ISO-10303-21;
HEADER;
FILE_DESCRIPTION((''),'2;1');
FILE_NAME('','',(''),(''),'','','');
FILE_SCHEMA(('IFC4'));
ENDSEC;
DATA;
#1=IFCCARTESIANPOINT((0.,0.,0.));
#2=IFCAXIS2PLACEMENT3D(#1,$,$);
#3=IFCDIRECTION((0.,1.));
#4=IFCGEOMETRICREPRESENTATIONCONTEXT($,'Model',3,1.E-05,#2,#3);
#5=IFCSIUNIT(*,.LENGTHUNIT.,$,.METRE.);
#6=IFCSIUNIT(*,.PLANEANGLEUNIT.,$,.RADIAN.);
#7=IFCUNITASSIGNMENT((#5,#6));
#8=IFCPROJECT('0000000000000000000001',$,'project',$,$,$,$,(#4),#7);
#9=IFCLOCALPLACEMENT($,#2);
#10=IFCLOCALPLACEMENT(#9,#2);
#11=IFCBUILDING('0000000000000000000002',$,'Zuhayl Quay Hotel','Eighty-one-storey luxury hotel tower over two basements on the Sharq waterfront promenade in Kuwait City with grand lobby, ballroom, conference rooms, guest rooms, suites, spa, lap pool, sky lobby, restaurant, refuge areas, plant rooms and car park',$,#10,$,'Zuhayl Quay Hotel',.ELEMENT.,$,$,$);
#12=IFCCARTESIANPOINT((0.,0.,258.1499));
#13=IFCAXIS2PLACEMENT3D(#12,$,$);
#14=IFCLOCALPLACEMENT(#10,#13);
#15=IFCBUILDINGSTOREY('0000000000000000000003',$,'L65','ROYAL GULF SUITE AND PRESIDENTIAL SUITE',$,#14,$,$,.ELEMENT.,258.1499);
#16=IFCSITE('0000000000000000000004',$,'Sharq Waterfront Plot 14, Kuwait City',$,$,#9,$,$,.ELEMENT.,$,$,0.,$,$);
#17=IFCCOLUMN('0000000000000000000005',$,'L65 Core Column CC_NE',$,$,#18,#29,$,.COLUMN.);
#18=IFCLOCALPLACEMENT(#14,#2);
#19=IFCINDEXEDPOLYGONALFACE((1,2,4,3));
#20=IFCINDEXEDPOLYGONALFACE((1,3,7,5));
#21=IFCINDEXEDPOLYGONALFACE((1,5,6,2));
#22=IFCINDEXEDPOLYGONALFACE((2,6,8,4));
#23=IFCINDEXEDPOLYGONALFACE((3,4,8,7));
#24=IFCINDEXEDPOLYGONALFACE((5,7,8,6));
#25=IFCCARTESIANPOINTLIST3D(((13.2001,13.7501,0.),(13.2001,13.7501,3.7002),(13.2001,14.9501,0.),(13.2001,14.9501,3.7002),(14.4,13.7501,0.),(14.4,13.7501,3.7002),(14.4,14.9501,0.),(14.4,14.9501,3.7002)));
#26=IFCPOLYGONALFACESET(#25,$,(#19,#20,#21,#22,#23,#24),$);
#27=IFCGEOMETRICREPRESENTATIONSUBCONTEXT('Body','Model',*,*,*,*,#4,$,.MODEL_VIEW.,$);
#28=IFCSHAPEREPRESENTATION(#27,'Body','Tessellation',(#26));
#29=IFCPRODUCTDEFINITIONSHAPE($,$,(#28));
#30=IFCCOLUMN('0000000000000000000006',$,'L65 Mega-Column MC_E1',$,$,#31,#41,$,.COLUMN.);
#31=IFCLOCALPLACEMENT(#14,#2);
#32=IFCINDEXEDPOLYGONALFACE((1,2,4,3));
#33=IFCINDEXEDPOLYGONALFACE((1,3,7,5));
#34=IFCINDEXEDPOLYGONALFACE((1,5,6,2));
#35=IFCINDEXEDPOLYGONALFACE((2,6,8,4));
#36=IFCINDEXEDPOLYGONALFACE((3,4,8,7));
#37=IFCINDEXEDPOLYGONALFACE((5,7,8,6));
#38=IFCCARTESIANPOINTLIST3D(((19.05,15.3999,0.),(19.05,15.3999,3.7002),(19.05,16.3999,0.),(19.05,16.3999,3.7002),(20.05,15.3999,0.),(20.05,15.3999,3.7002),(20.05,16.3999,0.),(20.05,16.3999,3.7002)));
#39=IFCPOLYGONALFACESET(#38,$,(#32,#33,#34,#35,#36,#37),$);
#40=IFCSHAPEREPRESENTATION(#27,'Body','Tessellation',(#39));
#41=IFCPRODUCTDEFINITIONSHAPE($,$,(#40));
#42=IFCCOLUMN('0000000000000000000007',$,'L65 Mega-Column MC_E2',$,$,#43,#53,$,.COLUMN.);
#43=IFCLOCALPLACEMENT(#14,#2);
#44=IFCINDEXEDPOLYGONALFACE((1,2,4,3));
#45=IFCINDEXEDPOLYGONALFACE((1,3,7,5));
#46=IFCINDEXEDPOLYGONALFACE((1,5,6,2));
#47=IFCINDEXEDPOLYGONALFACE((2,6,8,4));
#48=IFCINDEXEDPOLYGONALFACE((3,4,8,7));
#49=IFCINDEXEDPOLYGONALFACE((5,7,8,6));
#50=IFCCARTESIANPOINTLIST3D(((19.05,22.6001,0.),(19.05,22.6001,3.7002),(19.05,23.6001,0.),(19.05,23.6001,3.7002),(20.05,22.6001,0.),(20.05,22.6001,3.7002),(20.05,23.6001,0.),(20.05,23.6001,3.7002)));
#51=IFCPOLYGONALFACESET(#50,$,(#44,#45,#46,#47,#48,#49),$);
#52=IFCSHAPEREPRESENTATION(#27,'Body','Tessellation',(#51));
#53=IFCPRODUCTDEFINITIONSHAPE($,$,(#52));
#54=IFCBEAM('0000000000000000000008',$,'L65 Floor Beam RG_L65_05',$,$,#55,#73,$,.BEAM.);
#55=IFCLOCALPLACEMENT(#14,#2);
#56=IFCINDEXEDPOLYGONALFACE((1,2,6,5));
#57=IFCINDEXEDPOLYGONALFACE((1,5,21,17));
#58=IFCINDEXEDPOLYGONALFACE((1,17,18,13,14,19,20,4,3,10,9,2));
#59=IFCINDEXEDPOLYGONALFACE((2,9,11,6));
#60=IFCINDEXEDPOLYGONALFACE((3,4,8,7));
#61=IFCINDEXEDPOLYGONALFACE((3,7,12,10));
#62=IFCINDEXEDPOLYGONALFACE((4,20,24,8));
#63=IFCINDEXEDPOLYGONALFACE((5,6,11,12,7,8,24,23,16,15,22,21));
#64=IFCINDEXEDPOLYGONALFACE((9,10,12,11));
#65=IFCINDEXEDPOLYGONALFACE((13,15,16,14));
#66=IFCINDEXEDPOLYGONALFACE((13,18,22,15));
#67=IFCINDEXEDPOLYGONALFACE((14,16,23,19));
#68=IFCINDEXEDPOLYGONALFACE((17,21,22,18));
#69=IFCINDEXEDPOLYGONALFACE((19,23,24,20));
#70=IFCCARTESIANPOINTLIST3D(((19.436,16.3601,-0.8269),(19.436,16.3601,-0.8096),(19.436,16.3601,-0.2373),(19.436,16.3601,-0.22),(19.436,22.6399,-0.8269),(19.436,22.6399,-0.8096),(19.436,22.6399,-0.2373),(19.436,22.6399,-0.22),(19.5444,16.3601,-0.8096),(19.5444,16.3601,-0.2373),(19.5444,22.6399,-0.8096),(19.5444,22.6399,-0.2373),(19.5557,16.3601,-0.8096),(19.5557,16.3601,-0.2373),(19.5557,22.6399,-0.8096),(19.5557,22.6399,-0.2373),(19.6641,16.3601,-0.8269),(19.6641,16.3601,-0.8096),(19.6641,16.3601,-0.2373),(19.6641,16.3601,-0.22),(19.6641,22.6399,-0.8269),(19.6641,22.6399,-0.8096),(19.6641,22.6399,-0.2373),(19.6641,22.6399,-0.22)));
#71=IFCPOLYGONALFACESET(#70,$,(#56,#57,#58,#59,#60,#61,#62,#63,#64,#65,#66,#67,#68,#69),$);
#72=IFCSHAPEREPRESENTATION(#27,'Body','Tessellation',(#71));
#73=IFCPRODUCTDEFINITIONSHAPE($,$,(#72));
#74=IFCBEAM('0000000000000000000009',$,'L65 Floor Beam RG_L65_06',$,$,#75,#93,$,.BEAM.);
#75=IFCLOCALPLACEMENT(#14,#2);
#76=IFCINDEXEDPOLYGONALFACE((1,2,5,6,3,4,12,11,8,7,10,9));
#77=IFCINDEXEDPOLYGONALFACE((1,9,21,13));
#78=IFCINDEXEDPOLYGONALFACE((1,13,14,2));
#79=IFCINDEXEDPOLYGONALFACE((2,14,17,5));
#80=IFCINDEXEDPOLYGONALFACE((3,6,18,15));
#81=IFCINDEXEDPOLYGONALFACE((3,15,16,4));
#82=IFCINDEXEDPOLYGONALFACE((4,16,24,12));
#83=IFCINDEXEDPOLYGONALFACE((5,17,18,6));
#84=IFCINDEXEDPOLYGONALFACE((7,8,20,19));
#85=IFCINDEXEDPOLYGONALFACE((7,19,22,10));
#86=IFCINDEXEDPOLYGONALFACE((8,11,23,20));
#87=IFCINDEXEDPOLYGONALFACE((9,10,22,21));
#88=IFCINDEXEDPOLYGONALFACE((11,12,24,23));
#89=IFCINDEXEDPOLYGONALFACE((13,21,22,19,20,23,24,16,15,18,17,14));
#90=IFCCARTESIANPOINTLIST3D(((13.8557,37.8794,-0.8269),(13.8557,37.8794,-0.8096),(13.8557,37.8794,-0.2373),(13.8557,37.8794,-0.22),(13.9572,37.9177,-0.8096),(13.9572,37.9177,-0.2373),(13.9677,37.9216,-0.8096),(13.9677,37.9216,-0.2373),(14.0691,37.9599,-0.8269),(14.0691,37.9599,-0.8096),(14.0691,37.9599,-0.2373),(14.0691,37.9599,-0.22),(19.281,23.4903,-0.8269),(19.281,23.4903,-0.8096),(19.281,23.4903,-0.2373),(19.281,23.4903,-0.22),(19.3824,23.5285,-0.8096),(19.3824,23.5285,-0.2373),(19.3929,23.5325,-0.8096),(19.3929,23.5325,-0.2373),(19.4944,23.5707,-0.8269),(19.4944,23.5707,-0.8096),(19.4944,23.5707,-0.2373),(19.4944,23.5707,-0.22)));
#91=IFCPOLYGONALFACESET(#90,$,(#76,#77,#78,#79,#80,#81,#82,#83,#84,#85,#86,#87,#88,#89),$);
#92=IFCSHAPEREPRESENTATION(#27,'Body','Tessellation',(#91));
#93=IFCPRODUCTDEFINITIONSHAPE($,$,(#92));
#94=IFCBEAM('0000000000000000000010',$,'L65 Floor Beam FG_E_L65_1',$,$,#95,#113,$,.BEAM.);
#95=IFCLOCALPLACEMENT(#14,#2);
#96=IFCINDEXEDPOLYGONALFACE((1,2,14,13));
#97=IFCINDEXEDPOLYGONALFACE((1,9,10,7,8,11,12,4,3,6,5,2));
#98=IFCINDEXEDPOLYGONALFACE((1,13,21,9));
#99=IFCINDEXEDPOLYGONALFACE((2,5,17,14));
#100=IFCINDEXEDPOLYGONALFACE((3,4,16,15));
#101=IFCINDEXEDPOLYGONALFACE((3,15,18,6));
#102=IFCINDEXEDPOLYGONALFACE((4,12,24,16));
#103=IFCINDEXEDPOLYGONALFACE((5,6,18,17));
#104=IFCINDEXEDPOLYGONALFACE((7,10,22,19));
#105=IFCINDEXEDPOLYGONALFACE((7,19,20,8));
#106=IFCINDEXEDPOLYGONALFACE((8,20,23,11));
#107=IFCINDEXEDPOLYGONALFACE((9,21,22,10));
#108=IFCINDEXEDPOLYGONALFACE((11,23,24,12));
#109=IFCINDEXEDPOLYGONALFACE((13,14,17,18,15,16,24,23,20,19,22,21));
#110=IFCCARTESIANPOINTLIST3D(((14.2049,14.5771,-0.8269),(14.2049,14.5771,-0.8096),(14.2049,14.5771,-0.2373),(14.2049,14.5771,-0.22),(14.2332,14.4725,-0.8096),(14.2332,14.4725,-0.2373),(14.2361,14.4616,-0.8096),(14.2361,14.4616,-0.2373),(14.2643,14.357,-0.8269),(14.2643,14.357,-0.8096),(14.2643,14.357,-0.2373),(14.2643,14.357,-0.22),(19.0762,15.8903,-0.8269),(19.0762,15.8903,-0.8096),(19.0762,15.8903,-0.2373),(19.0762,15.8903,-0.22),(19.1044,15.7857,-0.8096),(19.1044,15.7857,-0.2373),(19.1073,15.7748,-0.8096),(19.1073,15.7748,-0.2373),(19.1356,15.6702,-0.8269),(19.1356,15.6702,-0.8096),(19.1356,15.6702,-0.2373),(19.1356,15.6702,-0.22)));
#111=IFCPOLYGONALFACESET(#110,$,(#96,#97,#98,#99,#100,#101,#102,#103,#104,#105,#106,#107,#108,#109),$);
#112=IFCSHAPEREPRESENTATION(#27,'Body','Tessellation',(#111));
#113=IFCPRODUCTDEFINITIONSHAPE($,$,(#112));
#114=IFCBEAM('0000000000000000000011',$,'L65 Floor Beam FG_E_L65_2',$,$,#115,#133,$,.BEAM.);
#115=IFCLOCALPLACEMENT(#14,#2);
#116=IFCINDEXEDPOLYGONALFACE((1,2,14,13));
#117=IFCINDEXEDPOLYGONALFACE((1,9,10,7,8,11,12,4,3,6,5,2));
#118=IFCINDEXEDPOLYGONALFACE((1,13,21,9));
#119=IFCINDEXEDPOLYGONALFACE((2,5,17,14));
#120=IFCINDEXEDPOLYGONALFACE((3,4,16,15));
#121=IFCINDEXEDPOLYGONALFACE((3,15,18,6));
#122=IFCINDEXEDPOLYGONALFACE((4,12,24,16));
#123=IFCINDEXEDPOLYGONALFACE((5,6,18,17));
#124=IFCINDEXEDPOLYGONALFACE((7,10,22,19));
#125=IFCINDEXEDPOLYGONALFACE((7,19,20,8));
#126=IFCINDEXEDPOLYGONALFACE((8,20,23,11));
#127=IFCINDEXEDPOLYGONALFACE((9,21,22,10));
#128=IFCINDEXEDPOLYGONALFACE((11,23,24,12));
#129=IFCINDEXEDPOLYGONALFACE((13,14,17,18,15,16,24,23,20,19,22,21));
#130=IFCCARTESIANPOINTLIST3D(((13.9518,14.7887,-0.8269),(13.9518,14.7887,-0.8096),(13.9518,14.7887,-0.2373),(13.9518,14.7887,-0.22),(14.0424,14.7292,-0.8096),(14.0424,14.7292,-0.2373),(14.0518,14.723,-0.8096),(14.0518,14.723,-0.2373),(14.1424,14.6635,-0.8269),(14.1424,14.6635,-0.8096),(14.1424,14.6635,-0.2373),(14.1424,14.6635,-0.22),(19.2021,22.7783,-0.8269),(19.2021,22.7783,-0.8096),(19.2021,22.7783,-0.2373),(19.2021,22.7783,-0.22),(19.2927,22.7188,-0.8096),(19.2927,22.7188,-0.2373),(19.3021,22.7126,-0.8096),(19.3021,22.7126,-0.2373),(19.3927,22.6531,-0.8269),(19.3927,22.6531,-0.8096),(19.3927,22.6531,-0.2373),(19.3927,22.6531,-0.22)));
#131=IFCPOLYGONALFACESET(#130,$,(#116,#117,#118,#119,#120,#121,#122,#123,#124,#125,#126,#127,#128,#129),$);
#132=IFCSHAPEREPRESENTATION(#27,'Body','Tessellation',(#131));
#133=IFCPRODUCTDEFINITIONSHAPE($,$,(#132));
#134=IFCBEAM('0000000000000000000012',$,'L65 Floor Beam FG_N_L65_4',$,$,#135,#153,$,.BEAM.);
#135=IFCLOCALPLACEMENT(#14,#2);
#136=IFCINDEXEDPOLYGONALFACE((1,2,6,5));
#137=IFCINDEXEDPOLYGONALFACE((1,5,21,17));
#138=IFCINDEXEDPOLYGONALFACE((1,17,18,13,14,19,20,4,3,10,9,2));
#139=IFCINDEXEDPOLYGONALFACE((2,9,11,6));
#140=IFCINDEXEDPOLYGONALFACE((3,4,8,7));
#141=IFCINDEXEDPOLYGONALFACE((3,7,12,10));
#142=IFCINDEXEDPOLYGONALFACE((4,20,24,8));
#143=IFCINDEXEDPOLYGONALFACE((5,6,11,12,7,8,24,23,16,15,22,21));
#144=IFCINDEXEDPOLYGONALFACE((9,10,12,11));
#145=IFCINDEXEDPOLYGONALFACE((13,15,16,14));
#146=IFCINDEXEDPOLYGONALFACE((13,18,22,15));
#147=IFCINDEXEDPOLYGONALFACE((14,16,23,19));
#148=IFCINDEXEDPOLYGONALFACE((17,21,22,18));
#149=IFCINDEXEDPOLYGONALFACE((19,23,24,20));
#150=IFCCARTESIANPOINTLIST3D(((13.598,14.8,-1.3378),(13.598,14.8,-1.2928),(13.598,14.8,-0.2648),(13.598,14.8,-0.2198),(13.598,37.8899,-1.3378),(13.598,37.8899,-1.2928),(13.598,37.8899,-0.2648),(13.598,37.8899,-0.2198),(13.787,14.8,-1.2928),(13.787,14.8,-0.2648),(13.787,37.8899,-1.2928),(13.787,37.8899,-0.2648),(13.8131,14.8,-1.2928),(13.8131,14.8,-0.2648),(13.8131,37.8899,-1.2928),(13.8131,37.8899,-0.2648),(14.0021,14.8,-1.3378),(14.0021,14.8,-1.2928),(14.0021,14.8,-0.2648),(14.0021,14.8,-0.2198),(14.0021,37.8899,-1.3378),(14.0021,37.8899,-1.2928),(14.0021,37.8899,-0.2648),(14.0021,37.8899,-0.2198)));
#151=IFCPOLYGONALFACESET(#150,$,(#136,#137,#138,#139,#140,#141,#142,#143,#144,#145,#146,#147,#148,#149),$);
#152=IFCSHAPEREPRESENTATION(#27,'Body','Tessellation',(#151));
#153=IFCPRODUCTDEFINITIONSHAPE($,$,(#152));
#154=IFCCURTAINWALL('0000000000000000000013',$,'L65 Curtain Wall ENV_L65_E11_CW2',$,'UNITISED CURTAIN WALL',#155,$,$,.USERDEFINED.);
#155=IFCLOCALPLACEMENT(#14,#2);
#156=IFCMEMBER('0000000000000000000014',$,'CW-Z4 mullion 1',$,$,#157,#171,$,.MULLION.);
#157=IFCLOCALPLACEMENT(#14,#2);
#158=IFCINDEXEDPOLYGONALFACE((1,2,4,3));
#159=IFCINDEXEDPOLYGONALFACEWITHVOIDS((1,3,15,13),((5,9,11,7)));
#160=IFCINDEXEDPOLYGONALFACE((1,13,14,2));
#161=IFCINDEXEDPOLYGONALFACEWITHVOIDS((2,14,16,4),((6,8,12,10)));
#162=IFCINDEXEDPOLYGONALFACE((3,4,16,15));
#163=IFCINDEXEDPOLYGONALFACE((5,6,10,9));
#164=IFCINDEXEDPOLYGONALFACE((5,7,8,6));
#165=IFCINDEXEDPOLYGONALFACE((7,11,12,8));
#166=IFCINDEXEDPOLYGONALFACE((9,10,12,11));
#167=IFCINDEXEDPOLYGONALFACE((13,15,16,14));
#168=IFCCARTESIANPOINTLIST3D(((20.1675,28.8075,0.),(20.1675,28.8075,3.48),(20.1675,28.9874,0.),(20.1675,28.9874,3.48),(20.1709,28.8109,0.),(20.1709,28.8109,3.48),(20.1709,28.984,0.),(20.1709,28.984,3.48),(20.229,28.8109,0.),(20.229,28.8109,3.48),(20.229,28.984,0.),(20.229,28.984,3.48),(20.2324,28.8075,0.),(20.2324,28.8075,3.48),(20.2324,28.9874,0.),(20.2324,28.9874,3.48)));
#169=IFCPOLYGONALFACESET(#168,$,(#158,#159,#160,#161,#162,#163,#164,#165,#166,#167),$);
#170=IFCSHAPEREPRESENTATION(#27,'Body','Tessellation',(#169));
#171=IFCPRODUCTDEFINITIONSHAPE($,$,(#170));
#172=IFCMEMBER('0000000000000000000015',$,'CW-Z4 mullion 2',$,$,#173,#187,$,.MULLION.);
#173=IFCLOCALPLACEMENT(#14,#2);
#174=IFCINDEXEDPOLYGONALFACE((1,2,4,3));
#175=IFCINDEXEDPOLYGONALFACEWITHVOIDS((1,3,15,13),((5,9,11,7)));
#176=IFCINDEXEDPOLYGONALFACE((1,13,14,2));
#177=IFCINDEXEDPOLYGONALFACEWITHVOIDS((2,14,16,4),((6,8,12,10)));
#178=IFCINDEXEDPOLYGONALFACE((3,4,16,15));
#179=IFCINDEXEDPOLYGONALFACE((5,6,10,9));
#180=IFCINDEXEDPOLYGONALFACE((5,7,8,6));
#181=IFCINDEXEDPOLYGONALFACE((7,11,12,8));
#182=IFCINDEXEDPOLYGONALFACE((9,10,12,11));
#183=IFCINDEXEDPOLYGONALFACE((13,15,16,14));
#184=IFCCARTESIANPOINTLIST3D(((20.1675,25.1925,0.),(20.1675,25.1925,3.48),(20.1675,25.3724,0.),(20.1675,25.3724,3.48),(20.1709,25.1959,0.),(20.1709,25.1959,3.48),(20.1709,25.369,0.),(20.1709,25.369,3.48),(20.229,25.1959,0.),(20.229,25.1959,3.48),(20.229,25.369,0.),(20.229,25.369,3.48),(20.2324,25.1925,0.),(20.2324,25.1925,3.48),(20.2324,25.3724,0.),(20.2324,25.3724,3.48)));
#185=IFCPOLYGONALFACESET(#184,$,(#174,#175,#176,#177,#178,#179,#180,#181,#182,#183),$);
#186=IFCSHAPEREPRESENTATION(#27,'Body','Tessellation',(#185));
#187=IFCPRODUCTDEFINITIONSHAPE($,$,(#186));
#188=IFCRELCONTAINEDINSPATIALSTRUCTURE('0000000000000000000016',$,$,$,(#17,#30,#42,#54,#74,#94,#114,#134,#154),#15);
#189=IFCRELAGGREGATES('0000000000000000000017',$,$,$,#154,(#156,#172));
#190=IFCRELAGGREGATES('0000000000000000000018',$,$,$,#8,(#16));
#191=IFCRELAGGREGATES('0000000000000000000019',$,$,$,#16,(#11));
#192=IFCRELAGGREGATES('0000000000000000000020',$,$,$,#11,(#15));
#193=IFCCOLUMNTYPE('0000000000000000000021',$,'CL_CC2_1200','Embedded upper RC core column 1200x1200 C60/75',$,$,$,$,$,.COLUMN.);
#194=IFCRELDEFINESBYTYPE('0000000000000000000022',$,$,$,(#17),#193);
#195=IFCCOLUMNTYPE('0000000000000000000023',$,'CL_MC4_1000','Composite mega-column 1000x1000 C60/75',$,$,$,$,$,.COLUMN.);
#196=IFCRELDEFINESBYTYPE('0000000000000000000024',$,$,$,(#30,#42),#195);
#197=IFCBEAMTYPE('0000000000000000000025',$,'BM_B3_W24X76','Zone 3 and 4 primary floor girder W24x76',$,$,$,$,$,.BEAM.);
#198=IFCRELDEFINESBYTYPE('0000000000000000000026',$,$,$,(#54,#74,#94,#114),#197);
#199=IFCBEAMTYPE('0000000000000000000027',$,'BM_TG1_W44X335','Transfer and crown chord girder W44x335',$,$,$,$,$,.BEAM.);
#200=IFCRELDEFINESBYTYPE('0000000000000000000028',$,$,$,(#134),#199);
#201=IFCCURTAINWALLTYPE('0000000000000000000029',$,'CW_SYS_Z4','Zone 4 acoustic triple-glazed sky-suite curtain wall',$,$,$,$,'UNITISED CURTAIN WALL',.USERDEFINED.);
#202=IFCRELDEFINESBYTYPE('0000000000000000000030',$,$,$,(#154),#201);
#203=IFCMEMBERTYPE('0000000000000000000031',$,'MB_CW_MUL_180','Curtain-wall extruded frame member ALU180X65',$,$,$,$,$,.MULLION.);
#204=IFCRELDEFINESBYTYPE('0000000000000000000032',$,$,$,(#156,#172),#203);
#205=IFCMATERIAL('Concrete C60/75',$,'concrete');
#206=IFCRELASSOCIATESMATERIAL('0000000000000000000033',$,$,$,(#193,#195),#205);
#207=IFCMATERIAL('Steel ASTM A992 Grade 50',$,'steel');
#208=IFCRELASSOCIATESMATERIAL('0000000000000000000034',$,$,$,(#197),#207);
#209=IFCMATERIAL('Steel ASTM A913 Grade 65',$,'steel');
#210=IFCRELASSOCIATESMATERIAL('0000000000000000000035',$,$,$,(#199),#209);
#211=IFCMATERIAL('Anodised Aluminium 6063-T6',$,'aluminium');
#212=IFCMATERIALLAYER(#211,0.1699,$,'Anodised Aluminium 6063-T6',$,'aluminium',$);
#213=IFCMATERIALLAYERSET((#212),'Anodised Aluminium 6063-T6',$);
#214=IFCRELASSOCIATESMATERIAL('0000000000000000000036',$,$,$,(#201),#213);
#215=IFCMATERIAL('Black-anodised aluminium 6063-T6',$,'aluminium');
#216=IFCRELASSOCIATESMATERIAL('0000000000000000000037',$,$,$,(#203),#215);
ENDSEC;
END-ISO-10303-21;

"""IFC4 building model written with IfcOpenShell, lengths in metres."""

from ifc_helpers import new_model, si_unit, direction, frame, origin, origin_2d, place, context, subcontext, project, spatial, rectangle, hollow_rectangle, i_section, extrude, material, layer, layer_set, material_profile, profile_set, type_object, element, aggregate, save


model = new_model("IFC4")

# Units and contexts
model_context = context("Model", 3, precision=1e-05, world=origin(), true_north=direction((0.0, 1.0)))
body_context = subcontext(model_context, "Body", "Model", "MODEL_VIEW")
ifc_project = project(units=[si_unit("LENGTHUNIT", "METRE"), si_unit("PLANEANGLEUNIT", "RADIAN")], contexts=[model_context])

# Site, building, storey
site_placement = place(None, origin())
site = spatial("IfcSite", under=ifc_project, at=site_placement, Name="Sharq Waterfront Plot 14, Kuwait City", CompositionType="ELEMENT", RefElevation=0.0)
building_placement = place(site_placement, origin())
building = spatial("IfcBuilding", under=site, at=building_placement, Name="Zuhayl Quay Hotel", Description="Eighty-one-storey luxury hotel tower over two basements on the Sharq waterfront promenade in Kuwait City with grand lobby, ballroom, conference rooms, guest rooms, suites, spa, lap pool, sky lobby, restaurant, refuge areas, plant rooms and car park", LongName="Zuhayl Quay Hotel", CompositionType="ELEMENT")
storey_placement = place(building_placement, frame((0.0, 0.0, 258.1499)))
storey = spatial("IfcBuildingStorey", under=building, at=storey_placement, Name="L65", Description="ROYAL GULF SUITE AND PRESIDENTIAL SUITE", CompositionType="ELEMENT", Elevation=258.1499)

# Columns
ifc_material_1 = material(Name="Concrete C60/75", Category="concrete")
ifc_material_profile_1 = material_profile(ifc_material_1, rectangle(XDim=1.2, YDim=1.2, at=origin_2d()), Name="RC1200X1200")
ifc_profile_set_1 = profile_set([ifc_material_profile_1], Name="Concrete C60/75")
column_type_1 = type_object("IfcColumnType", Name="CL_CC2_1200", Description="Embedded upper RC core column 1200x1200 C60/75", PredefinedType="COLUMN", material=ifc_profile_set_1)
column_placement = place(storey_placement, frame((13.8, 14.3501, 0.0), z_axis=(0.0, 0.0, 1.0), x_axis=(1.0, 0.0, 0.0)))
element("IfcColumn", 1, at=column_placement, inside=storey, type_object=column_type_1, Name="L65 Core Column CC_NE", PredefinedType="COLUMN", context=body_context, shape_type="SweptSolid", body=[
    extrude(rectangle(XDim=1.2, YDim=1.2, at=origin_2d()), origin(), (0.0, 0.0, 1.0), 3.7002),
])
ifc_material_profile_2 = material_profile(ifc_material_1, rectangle(XDim=1.0, YDim=1.0, at=origin_2d()), Name="RC1000X1000")
ifc_profile_set_2 = profile_set([ifc_material_profile_2], Name="Concrete C60/75")
column_type_2 = type_object("IfcColumnType", Name="CL_MC4_1000", Description="Composite mega-column 1000x1000 C60/75", PredefinedType="COLUMN", material=ifc_profile_set_2)
for number, where, z_axis, x_axis, name in (
    (2, (19.55, 15.8999, 0.0), (0.0, 0.0, 1.0), (1.0, 0.0, 0.0), "L65 Mega-Column MC_E1"),
    (3, (19.55, 23.1001, 0.0), (0.0, 0.0, 1.0), (1.0, 0.0, 0.0), "L65 Mega-Column MC_E2"),
):
    element("IfcColumn", number, at=place(storey_placement, frame(where, z_axis=z_axis, x_axis=x_axis)), inside=storey, type_object=column_type_2, Name=name, PredefinedType="COLUMN", context=body_context, shape_type="SweptSolid", body=[
        extrude(rectangle(XDim=1.0, YDim=1.0, at=origin_2d()), origin(), (0.0, 0.0, 1.0), 3.7002),
    ])

# Beams
ifc_material_2 = material(Name="Steel ASTM A992 Grade 50", Category="steel")
ifc_material_profile_3 = material_profile(ifc_material_2, i_section(OverallWidth=0.228, OverallDepth=0.6069, WebThickness=0.0112, FlangeThickness=0.0173, at=origin_2d()), Name="W24X76")
ifc_profile_set_3 = profile_set([ifc_material_profile_3], Name="Steel ASTM A992 Grade 50")
beam_type_1 = type_object("IfcBeamType", Name="BM_B3_W24X76", Description="Zone 3 and 4 primary floor girder W24x76", PredefinedType="BEAM", material=ifc_profile_set_3)
beam_1_placement = place(storey_placement, frame((19.55, 16.3601, -0.5234), z_axis=(0.0, 1.0, 0.0), x_axis=(-1.0, 0.0, 0.0)))
element("IfcBeam", 4, at=beam_1_placement, inside=storey, type_object=beam_type_1, Name="L65 Floor Beam RG_L65_05", PredefinedType="BEAM", context=body_context, shape_type="SweptSolid", body=[
    extrude(i_section(OverallWidth=0.228, OverallDepth=0.6069, WebThickness=0.0112, FlangeThickness=0.0173, at=origin_2d()), origin(), (0.0, 0.0, 1.0), 6.2798),
])
beam_2_placement = place(storey_placement, frame((19.3877, 23.5305, -0.5234), z_axis=(-0.352797, 0.9357, 0.0), x_axis=(-0.9357, -0.352797, 0.0)))
element("IfcBeam", 5, at=beam_2_placement, inside=storey, type_object=beam_type_1, Name="L65 Floor Beam RG_L65_06", PredefinedType="BEAM", context=body_context, shape_type="SweptSolid", body=[
    extrude(i_section(OverallWidth=0.228, OverallDepth=0.6069, WebThickness=0.0112, FlangeThickness=0.0173, at=origin_2d()), origin(), (0.0, 0.0, 1.0), 15.3779),
])
beam_3_placement = place(storey_placement, frame((14.2346, 14.467, -0.5234), z_axis=(0.96553, 0.260291, 0.0), x_axis=(-0.260291, 0.96553, 0.0)))
element("IfcBeam", 6, at=beam_3_placement, inside=storey, type_object=beam_type_1, Name="L65 Floor Beam FG_E_L65_1", PredefinedType="BEAM", context=body_context, shape_type="SweptSolid", body=[
    extrude(i_section(OverallWidth=0.228, OverallDepth=0.6069, WebThickness=0.0112, FlangeThickness=0.0173, at=origin_2d()), origin(), (0.0, 0.0, 1.0), 5.0452),
])
beam_4_placement = place(storey_placement, frame((14.0471, 14.7261, -0.5234), z_axis=(0.549178, 0.835705, 0.0), x_axis=(-0.835705, 0.549178, 0.0)))
element("IfcBeam", 7, at=beam_4_placement, inside=storey, type_object=beam_type_1, Name="L65 Floor Beam FG_E_L65_2", PredefinedType="BEAM", context=body_context, shape_type="SweptSolid", body=[
    extrude(i_section(OverallWidth=0.228, OverallDepth=0.6069, WebThickness=0.0112, FlangeThickness=0.0173, at=origin_2d()), origin(), (0.0, 0.0, 1.0), 9.5603),
])
ifc_material_3 = material(Name="Steel ASTM A913 Grade 65", Category="steel")
ifc_material_profile_4 = material_profile(ifc_material_3, i_section(OverallWidth=0.4041, OverallDepth=1.1179, WebThickness=0.0261, FlangeThickness=0.0449, at=origin_2d()), Name="W44X335")
ifc_profile_set_4 = profile_set([ifc_material_profile_4], Name="Steel ASTM A913 Grade 65")
beam_type_2 = type_object("IfcBeamType", Name="BM_TG1_W44X335", Description="Transfer and crown chord girder W44x335", PredefinedType="BEAM", material=ifc_profile_set_4)
beam_5_placement = place(storey_placement, frame((13.8, 14.8, -0.7788), z_axis=(0.0, 1.0, 0.0), x_axis=(-1.0, 0.0, 0.0)))
element("IfcBeam", 8, at=beam_5_placement, inside=storey, type_object=beam_type_2, Name="L65 Floor Beam FG_N_L65_4", PredefinedType="BEAM", context=body_context, shape_type="SweptSolid", body=[
    extrude(i_section(OverallWidth=0.4041, OverallDepth=1.1179, WebThickness=0.0261, FlangeThickness=0.0449, at=origin_2d()), origin(), (0.0, 0.0, 1.0), 23.0898),
])

# Curtain wall, members
ifc_material_4 = material(Name="Anodised Aluminium 6063-T6", Category="aluminium")
ifc_layer_1 = layer(ifc_material_4, 0.1699, Name="Anodised Aluminium 6063-T6", Category="aluminium")
ifc_layer_set_1 = layer_set([ifc_layer_1], Name="Anodised Aluminium 6063-T6")
curtain_wall_type = type_object("IfcCurtainWallType", Name="CW_SYS_Z4", Description="Zone 4 acoustic triple-glazed sky-suite curtain wall", ElementType="UNITISED CURTAIN WALL", PredefinedType="USERDEFINED", material=ifc_layer_set_1)
curtain_wall_1_placement = place(storey_placement, origin())
curtain_wall_1 = element("IfcCurtainWall", 9, at=curtain_wall_1_placement, inside=storey, type_object=curtain_wall_type, Name="L65 Curtain Wall ENV_L65_E11_CW2", ObjectType="UNITISED CURTAIN WALL", PredefinedType="USERDEFINED")
ifc_material_5 = material(Name="Black-anodised aluminium 6063-T6", Category="aluminium")
ifc_material_profile_5 = material_profile(ifc_material_5, hollow_rectangle(XDim=0.0649, YDim=0.1799, WallThickness=0.0034, at=origin_2d()), Name="ALU180X65")
ifc_profile_set_5 = profile_set([ifc_material_profile_5], Name="Black-anodised aluminium 6063-T6")
member_type_1 = type_object("IfcMemberType", Name="MB_CW_MUL_180", Description="Curtain-wall extruded frame member ALU180X65", PredefinedType="MULLION", material=ifc_profile_set_5)
member_1_placement = place(storey_placement, frame((20.2, 28.8975, 0.0), z_axis=(0.0, 0.0, 1.0), x_axis=(1.0, 0.0, 0.0)))
member_1 = element("IfcMember", 10, at=member_1_placement, type_object=member_type_1, Name="CW-Z4 mullion 1", PredefinedType="MULLION", context=body_context, shape_type="SweptSolid", body=[
    extrude(hollow_rectangle(XDim=0.0649, YDim=0.1799, WallThickness=0.0034, at=origin_2d()), origin(), (0.0, 0.0, 1.0), 3.48),
])
member_2_placement = place(storey_placement, frame((20.2, 25.2825, 0.0), z_axis=(0.0, 0.0, 1.0), x_axis=(1.0, 0.0, 0.0)))
member_2 = element("IfcMember", 11, at=member_2_placement, type_object=member_type_1, Name="CW-Z4 mullion 2", PredefinedType="MULLION", context=body_context, shape_type="SweptSolid", body=[
    extrude(hollow_rectangle(XDim=0.0649, YDim=0.1799, WallThickness=0.0034, at=origin_2d()), origin(), (0.0, 0.0, 1.0), 3.48),
])

aggregate(curtain_wall_1, [member_1, member_2])

save(model, "model.ifc")
